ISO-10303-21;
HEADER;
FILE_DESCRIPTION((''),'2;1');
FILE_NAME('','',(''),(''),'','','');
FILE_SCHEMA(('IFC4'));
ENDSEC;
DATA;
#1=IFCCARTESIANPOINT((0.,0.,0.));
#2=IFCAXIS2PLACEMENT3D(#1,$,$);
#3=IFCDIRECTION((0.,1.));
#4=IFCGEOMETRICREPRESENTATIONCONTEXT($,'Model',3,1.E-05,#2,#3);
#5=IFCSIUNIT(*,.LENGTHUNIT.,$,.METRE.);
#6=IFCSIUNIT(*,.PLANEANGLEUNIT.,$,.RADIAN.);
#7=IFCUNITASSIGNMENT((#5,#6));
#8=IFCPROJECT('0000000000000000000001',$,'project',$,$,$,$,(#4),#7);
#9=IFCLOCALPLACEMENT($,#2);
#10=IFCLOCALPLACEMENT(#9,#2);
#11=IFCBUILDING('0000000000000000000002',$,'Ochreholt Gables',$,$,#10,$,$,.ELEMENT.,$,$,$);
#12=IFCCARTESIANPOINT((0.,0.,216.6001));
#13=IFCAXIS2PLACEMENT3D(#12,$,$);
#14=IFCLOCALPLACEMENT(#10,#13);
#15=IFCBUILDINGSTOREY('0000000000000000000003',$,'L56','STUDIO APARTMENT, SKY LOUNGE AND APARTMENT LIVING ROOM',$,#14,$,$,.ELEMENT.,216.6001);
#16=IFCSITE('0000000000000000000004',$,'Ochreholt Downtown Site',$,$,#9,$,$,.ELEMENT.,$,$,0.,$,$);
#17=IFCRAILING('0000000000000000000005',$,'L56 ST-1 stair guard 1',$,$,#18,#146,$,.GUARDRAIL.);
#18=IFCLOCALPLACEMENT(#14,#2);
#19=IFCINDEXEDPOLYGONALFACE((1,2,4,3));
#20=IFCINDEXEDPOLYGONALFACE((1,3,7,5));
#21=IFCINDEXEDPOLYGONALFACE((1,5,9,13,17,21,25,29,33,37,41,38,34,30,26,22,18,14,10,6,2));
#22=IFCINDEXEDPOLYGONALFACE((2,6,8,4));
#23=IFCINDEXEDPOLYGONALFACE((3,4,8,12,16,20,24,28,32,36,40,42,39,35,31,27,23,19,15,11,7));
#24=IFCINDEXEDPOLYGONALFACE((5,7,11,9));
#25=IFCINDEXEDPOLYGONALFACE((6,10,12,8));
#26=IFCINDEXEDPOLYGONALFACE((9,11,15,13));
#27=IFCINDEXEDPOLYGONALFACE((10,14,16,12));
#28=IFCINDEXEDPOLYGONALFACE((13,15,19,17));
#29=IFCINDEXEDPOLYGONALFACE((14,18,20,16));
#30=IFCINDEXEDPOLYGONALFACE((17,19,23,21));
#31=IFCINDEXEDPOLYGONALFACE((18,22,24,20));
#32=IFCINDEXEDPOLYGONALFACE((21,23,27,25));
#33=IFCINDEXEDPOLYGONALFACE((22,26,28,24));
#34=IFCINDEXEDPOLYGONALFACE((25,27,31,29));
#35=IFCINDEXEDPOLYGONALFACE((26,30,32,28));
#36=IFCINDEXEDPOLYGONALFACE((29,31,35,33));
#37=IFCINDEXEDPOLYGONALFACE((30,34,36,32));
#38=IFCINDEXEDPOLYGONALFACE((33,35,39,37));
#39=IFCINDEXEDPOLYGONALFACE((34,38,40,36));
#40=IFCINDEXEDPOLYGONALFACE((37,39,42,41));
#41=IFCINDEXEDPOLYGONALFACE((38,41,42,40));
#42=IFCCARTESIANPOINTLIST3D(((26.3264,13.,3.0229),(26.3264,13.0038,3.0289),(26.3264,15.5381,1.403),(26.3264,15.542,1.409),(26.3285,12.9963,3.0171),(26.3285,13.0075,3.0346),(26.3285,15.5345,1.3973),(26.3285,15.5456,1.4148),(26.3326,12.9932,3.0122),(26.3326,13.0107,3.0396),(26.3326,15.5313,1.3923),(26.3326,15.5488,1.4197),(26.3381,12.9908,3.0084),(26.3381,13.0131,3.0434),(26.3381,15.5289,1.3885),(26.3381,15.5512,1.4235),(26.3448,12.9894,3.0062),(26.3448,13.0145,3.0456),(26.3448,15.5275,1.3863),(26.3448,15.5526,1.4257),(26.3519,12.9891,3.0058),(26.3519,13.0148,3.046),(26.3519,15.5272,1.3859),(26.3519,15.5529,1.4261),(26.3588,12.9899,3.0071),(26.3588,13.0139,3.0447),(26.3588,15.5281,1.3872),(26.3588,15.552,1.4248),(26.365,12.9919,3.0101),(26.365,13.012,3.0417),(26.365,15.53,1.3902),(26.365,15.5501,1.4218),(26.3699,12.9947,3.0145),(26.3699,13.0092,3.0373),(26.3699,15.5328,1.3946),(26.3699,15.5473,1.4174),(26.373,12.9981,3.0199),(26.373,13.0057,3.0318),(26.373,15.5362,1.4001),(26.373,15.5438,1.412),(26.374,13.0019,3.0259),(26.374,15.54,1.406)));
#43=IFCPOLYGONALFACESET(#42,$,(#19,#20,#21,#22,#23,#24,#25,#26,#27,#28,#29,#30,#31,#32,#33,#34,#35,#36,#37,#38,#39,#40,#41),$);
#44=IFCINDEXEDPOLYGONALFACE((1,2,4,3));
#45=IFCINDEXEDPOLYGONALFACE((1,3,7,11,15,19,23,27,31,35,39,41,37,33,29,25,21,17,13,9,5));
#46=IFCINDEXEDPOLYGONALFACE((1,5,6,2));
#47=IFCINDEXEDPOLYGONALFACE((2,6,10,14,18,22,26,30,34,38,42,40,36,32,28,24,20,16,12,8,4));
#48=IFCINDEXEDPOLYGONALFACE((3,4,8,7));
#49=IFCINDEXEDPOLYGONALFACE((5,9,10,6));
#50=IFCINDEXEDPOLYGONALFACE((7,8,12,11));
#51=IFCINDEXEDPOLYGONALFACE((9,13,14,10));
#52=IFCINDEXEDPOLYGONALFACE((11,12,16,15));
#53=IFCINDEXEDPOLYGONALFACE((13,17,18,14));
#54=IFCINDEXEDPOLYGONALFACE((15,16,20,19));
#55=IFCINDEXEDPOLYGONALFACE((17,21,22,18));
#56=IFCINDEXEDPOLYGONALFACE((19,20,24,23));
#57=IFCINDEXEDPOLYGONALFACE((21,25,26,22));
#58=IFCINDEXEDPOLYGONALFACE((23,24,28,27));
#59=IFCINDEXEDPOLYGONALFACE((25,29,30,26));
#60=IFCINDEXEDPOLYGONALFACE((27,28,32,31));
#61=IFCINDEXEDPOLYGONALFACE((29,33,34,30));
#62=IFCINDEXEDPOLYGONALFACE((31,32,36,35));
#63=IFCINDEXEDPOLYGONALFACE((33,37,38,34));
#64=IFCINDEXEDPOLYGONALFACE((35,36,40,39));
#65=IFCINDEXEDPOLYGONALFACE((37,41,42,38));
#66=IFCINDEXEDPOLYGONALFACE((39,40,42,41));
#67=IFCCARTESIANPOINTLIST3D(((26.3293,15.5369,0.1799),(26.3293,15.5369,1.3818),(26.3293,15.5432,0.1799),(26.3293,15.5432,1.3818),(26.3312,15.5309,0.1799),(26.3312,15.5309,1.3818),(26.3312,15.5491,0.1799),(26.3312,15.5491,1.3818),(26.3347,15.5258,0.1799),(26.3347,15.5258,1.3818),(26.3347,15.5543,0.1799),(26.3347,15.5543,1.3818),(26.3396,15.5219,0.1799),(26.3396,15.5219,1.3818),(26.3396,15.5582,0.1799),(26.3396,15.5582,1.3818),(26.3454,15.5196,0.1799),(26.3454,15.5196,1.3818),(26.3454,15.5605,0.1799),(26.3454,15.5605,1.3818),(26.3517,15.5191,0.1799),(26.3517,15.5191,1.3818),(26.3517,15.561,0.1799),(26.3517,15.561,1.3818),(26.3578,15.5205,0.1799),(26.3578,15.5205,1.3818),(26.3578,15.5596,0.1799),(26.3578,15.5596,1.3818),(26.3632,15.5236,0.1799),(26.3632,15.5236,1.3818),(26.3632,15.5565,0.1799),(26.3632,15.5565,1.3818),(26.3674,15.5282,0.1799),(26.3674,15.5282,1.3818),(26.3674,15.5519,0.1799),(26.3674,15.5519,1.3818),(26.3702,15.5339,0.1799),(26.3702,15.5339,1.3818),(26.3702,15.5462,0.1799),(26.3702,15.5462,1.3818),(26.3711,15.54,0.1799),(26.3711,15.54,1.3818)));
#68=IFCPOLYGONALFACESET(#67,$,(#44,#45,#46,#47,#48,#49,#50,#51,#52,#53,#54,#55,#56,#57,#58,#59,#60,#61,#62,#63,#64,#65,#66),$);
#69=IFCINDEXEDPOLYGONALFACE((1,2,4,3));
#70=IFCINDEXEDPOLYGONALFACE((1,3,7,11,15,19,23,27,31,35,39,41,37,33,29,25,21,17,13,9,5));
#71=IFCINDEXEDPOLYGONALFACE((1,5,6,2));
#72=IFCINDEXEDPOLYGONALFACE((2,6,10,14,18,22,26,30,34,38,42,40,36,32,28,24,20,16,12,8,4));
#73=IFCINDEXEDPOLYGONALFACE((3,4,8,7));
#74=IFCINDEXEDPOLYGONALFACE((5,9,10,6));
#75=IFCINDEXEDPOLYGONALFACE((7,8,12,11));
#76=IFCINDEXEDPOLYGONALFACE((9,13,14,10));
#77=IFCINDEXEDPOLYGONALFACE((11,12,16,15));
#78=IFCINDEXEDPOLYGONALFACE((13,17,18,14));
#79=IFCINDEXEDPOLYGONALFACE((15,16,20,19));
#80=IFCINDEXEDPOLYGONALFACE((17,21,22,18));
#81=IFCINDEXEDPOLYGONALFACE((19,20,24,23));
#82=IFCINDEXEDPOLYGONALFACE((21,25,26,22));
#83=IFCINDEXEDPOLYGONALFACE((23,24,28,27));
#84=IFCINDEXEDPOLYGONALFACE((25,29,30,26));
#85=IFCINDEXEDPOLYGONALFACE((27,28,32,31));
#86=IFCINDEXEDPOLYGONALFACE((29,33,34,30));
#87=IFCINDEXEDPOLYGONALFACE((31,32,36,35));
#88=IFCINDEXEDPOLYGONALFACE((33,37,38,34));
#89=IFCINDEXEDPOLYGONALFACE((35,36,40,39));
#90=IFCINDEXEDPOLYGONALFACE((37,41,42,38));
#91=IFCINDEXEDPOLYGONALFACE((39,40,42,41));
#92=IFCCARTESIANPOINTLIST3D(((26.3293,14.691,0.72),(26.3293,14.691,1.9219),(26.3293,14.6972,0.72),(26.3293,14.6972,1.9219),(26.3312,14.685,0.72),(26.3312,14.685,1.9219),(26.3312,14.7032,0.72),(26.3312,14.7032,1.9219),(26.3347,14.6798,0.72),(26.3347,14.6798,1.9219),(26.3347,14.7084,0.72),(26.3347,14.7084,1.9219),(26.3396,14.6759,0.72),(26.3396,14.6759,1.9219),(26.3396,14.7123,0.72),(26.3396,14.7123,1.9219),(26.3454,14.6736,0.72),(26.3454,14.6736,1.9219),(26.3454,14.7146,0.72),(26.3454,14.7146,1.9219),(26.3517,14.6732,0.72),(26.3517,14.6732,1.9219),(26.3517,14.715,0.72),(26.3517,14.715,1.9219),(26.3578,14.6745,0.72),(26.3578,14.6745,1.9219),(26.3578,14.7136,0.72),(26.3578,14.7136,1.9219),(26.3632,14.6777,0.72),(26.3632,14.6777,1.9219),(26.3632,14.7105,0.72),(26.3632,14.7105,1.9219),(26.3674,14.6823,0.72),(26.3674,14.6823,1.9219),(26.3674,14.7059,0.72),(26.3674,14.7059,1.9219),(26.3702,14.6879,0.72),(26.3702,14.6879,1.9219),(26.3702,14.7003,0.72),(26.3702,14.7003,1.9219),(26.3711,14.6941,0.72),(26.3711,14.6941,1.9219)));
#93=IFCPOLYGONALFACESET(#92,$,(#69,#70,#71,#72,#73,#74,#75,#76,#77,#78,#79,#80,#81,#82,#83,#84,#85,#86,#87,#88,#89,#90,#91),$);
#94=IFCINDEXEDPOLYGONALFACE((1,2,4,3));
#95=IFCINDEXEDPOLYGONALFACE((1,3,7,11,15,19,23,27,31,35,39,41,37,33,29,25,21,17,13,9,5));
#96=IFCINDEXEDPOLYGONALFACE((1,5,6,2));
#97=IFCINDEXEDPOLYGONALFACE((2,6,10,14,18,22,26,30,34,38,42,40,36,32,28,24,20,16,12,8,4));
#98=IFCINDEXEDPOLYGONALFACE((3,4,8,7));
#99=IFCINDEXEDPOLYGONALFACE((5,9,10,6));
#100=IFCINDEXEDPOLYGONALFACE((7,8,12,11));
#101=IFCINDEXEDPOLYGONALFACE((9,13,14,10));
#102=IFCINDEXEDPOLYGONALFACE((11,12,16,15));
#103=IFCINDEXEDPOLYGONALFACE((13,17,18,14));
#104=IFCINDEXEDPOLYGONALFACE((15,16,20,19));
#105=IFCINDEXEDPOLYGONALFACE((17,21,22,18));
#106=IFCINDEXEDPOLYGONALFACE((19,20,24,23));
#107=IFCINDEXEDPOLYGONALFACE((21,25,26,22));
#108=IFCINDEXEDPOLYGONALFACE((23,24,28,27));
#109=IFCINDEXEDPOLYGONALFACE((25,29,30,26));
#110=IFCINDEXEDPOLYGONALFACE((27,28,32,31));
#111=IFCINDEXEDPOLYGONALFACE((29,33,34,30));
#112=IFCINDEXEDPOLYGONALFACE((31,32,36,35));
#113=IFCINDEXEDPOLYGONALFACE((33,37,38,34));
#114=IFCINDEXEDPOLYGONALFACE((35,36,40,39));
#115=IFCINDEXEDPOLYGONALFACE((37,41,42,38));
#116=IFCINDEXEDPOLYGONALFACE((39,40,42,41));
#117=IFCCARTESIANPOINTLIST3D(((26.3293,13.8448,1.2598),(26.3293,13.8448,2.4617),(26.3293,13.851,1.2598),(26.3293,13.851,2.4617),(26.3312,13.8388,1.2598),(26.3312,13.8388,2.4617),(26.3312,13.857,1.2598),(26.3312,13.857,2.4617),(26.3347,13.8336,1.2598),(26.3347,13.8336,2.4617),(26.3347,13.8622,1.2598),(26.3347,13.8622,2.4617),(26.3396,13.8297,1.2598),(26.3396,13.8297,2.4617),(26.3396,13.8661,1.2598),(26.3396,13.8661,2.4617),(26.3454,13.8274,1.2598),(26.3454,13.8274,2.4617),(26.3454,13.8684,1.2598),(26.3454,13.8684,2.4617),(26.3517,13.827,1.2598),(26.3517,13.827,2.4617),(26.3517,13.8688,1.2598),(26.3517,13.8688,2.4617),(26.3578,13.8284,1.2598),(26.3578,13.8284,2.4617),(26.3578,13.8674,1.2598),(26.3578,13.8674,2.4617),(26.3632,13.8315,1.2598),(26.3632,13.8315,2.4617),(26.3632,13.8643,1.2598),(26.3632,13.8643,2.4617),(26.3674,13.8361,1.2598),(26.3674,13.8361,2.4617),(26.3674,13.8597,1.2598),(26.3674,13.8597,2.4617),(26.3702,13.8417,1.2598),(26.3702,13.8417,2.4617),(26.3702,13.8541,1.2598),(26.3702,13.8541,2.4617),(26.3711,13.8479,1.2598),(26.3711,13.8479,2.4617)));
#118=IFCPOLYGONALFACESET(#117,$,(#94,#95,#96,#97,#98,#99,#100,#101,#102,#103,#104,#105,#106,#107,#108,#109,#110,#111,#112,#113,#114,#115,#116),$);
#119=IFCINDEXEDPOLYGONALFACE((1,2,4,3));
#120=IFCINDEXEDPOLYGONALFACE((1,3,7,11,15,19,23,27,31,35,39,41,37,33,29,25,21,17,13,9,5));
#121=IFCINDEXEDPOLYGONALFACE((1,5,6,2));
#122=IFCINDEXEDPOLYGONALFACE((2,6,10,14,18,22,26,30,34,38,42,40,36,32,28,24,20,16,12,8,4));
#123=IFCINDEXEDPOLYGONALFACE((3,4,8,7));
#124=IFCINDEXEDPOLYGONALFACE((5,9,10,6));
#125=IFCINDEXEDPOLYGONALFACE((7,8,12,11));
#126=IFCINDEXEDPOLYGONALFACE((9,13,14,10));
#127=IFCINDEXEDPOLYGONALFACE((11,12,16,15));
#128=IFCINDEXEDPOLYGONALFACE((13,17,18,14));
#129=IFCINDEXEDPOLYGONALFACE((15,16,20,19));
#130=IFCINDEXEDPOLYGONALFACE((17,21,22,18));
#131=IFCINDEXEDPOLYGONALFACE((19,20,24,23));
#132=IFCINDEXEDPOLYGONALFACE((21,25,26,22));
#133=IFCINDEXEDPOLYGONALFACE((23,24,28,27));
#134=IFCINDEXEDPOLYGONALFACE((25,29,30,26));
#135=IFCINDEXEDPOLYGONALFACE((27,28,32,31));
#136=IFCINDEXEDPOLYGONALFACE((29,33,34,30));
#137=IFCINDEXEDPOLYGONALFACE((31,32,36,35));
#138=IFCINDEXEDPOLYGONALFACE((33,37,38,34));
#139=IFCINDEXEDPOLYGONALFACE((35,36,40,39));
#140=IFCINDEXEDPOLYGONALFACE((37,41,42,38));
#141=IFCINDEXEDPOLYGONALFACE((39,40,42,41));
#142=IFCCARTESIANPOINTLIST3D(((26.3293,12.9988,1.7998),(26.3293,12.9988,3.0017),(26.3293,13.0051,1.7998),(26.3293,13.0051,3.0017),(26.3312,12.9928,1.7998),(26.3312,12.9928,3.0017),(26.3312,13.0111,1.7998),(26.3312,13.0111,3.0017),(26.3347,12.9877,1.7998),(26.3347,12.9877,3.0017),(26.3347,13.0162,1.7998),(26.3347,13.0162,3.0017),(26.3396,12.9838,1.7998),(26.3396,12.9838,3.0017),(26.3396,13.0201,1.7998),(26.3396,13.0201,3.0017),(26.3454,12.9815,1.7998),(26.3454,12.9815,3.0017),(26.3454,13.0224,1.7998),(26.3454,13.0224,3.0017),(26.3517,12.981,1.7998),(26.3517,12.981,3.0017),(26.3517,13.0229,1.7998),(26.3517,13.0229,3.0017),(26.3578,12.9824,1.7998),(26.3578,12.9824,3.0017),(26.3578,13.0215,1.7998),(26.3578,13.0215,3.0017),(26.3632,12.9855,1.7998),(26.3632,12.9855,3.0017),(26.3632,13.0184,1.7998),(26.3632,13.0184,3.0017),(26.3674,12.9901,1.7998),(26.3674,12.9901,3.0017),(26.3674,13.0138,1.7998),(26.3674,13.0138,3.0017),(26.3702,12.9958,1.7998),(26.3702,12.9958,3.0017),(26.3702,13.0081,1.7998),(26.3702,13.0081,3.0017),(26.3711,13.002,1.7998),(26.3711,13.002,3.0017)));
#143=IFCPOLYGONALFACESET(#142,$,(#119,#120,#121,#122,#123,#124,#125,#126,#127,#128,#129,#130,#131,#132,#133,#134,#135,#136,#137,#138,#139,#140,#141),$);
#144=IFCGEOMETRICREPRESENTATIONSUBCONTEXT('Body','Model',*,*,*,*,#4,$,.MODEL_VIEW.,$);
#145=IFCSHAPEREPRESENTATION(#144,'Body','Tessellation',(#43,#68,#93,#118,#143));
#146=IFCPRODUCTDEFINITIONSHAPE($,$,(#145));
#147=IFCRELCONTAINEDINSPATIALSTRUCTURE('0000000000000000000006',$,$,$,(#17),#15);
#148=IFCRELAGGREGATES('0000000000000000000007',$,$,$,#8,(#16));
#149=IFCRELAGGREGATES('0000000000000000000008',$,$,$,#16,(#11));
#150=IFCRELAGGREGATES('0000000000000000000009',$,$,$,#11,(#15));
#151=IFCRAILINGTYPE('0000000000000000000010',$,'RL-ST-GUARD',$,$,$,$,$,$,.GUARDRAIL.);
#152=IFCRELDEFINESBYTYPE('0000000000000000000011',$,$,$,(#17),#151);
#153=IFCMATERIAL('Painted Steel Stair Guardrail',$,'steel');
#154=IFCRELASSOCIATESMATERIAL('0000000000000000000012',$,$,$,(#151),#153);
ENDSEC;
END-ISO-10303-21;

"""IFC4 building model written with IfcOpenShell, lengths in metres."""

from ifc_helpers import new_model, si_unit, direction, frame, origin, origin_2d, place, context, subcontext, project, spatial, circle, extrude, material, type_object, element, save


model = new_model("IFC4")

# Units and contexts
model_context = context("Model", 3, precision=1e-05, world=origin(), true_north=direction((0.0, 1.0)))
body_context = subcontext(model_context, "Body", "Model", "MODEL_VIEW")
ifc_project = project(units=[si_unit("LENGTHUNIT", "METRE"), si_unit("PLANEANGLEUNIT", "RADIAN")], contexts=[model_context])

# Site, building, storey
site_placement = place(None, origin())
site = spatial("IfcSite", under=ifc_project, at=site_placement, Name="Ochreholt Downtown Site", CompositionType="ELEMENT", RefElevation=0.0)
building_placement = place(site_placement, origin())
building = spatial("IfcBuilding", under=site, at=building_placement, Name="Ochreholt Gables", CompositionType="ELEMENT")
storey_placement = place(building_placement, frame((0.0, 0.0, 216.6001)))
storey = spatial("IfcBuildingStorey", under=building, at=storey_placement, Name="L56", Description="STUDIO APARTMENT, SKY LOUNGE AND APARTMENT LIVING ROOM", CompositionType="ELEMENT", Elevation=216.6001)

# Railing
ifc_material_1 = material(Name="Painted Steel Stair Guardrail", Category="steel")
railing_type = type_object("IfcRailingType", Name="RL-ST-GUARD", PredefinedType="GUARDRAIL", material=ifc_material_1)
railing_1_placement = place(storey_placement, frame((26.3501, 15.54, 0.1799)))
element("IfcRailing", 1, at=railing_1_placement, inside=storey, type_object=railing_type, Name="L56 ST-1 stair guard 1", PredefinedType="GUARDRAIL", context=body_context, shape_type="SweptSolid", body=[
    extrude(circle(Radius=0.0239, at=origin_2d()), frame((0.0, 0.0, 1.2261), z_axis=(0.0, -0.84295, 0.537993), x_axis=(1.0, 0.0, 0.0)), (0.0, 0.0, 1.0), 3.011),
    extrude(circle(Radius=0.021, at=origin_2d()), origin(), (0.0, 0.0, 1.0), 1.2019),
    extrude(circle(Radius=0.021, at=origin_2d()), frame((0.0, -0.8459, 0.54)), (0.0, 0.0, 1.0), 1.2019),
    extrude(circle(Radius=0.021, at=origin_2d()), frame((0.0, -1.6921, 1.0798)), (0.0, 0.0, 1.0), 1.2019),
    extrude(circle(Radius=0.021, at=origin_2d()), frame((0.0, -2.5381, 1.6199)), (0.0, 0.0, 1.0), 1.2019),
])

save(model, "model.ifc")
